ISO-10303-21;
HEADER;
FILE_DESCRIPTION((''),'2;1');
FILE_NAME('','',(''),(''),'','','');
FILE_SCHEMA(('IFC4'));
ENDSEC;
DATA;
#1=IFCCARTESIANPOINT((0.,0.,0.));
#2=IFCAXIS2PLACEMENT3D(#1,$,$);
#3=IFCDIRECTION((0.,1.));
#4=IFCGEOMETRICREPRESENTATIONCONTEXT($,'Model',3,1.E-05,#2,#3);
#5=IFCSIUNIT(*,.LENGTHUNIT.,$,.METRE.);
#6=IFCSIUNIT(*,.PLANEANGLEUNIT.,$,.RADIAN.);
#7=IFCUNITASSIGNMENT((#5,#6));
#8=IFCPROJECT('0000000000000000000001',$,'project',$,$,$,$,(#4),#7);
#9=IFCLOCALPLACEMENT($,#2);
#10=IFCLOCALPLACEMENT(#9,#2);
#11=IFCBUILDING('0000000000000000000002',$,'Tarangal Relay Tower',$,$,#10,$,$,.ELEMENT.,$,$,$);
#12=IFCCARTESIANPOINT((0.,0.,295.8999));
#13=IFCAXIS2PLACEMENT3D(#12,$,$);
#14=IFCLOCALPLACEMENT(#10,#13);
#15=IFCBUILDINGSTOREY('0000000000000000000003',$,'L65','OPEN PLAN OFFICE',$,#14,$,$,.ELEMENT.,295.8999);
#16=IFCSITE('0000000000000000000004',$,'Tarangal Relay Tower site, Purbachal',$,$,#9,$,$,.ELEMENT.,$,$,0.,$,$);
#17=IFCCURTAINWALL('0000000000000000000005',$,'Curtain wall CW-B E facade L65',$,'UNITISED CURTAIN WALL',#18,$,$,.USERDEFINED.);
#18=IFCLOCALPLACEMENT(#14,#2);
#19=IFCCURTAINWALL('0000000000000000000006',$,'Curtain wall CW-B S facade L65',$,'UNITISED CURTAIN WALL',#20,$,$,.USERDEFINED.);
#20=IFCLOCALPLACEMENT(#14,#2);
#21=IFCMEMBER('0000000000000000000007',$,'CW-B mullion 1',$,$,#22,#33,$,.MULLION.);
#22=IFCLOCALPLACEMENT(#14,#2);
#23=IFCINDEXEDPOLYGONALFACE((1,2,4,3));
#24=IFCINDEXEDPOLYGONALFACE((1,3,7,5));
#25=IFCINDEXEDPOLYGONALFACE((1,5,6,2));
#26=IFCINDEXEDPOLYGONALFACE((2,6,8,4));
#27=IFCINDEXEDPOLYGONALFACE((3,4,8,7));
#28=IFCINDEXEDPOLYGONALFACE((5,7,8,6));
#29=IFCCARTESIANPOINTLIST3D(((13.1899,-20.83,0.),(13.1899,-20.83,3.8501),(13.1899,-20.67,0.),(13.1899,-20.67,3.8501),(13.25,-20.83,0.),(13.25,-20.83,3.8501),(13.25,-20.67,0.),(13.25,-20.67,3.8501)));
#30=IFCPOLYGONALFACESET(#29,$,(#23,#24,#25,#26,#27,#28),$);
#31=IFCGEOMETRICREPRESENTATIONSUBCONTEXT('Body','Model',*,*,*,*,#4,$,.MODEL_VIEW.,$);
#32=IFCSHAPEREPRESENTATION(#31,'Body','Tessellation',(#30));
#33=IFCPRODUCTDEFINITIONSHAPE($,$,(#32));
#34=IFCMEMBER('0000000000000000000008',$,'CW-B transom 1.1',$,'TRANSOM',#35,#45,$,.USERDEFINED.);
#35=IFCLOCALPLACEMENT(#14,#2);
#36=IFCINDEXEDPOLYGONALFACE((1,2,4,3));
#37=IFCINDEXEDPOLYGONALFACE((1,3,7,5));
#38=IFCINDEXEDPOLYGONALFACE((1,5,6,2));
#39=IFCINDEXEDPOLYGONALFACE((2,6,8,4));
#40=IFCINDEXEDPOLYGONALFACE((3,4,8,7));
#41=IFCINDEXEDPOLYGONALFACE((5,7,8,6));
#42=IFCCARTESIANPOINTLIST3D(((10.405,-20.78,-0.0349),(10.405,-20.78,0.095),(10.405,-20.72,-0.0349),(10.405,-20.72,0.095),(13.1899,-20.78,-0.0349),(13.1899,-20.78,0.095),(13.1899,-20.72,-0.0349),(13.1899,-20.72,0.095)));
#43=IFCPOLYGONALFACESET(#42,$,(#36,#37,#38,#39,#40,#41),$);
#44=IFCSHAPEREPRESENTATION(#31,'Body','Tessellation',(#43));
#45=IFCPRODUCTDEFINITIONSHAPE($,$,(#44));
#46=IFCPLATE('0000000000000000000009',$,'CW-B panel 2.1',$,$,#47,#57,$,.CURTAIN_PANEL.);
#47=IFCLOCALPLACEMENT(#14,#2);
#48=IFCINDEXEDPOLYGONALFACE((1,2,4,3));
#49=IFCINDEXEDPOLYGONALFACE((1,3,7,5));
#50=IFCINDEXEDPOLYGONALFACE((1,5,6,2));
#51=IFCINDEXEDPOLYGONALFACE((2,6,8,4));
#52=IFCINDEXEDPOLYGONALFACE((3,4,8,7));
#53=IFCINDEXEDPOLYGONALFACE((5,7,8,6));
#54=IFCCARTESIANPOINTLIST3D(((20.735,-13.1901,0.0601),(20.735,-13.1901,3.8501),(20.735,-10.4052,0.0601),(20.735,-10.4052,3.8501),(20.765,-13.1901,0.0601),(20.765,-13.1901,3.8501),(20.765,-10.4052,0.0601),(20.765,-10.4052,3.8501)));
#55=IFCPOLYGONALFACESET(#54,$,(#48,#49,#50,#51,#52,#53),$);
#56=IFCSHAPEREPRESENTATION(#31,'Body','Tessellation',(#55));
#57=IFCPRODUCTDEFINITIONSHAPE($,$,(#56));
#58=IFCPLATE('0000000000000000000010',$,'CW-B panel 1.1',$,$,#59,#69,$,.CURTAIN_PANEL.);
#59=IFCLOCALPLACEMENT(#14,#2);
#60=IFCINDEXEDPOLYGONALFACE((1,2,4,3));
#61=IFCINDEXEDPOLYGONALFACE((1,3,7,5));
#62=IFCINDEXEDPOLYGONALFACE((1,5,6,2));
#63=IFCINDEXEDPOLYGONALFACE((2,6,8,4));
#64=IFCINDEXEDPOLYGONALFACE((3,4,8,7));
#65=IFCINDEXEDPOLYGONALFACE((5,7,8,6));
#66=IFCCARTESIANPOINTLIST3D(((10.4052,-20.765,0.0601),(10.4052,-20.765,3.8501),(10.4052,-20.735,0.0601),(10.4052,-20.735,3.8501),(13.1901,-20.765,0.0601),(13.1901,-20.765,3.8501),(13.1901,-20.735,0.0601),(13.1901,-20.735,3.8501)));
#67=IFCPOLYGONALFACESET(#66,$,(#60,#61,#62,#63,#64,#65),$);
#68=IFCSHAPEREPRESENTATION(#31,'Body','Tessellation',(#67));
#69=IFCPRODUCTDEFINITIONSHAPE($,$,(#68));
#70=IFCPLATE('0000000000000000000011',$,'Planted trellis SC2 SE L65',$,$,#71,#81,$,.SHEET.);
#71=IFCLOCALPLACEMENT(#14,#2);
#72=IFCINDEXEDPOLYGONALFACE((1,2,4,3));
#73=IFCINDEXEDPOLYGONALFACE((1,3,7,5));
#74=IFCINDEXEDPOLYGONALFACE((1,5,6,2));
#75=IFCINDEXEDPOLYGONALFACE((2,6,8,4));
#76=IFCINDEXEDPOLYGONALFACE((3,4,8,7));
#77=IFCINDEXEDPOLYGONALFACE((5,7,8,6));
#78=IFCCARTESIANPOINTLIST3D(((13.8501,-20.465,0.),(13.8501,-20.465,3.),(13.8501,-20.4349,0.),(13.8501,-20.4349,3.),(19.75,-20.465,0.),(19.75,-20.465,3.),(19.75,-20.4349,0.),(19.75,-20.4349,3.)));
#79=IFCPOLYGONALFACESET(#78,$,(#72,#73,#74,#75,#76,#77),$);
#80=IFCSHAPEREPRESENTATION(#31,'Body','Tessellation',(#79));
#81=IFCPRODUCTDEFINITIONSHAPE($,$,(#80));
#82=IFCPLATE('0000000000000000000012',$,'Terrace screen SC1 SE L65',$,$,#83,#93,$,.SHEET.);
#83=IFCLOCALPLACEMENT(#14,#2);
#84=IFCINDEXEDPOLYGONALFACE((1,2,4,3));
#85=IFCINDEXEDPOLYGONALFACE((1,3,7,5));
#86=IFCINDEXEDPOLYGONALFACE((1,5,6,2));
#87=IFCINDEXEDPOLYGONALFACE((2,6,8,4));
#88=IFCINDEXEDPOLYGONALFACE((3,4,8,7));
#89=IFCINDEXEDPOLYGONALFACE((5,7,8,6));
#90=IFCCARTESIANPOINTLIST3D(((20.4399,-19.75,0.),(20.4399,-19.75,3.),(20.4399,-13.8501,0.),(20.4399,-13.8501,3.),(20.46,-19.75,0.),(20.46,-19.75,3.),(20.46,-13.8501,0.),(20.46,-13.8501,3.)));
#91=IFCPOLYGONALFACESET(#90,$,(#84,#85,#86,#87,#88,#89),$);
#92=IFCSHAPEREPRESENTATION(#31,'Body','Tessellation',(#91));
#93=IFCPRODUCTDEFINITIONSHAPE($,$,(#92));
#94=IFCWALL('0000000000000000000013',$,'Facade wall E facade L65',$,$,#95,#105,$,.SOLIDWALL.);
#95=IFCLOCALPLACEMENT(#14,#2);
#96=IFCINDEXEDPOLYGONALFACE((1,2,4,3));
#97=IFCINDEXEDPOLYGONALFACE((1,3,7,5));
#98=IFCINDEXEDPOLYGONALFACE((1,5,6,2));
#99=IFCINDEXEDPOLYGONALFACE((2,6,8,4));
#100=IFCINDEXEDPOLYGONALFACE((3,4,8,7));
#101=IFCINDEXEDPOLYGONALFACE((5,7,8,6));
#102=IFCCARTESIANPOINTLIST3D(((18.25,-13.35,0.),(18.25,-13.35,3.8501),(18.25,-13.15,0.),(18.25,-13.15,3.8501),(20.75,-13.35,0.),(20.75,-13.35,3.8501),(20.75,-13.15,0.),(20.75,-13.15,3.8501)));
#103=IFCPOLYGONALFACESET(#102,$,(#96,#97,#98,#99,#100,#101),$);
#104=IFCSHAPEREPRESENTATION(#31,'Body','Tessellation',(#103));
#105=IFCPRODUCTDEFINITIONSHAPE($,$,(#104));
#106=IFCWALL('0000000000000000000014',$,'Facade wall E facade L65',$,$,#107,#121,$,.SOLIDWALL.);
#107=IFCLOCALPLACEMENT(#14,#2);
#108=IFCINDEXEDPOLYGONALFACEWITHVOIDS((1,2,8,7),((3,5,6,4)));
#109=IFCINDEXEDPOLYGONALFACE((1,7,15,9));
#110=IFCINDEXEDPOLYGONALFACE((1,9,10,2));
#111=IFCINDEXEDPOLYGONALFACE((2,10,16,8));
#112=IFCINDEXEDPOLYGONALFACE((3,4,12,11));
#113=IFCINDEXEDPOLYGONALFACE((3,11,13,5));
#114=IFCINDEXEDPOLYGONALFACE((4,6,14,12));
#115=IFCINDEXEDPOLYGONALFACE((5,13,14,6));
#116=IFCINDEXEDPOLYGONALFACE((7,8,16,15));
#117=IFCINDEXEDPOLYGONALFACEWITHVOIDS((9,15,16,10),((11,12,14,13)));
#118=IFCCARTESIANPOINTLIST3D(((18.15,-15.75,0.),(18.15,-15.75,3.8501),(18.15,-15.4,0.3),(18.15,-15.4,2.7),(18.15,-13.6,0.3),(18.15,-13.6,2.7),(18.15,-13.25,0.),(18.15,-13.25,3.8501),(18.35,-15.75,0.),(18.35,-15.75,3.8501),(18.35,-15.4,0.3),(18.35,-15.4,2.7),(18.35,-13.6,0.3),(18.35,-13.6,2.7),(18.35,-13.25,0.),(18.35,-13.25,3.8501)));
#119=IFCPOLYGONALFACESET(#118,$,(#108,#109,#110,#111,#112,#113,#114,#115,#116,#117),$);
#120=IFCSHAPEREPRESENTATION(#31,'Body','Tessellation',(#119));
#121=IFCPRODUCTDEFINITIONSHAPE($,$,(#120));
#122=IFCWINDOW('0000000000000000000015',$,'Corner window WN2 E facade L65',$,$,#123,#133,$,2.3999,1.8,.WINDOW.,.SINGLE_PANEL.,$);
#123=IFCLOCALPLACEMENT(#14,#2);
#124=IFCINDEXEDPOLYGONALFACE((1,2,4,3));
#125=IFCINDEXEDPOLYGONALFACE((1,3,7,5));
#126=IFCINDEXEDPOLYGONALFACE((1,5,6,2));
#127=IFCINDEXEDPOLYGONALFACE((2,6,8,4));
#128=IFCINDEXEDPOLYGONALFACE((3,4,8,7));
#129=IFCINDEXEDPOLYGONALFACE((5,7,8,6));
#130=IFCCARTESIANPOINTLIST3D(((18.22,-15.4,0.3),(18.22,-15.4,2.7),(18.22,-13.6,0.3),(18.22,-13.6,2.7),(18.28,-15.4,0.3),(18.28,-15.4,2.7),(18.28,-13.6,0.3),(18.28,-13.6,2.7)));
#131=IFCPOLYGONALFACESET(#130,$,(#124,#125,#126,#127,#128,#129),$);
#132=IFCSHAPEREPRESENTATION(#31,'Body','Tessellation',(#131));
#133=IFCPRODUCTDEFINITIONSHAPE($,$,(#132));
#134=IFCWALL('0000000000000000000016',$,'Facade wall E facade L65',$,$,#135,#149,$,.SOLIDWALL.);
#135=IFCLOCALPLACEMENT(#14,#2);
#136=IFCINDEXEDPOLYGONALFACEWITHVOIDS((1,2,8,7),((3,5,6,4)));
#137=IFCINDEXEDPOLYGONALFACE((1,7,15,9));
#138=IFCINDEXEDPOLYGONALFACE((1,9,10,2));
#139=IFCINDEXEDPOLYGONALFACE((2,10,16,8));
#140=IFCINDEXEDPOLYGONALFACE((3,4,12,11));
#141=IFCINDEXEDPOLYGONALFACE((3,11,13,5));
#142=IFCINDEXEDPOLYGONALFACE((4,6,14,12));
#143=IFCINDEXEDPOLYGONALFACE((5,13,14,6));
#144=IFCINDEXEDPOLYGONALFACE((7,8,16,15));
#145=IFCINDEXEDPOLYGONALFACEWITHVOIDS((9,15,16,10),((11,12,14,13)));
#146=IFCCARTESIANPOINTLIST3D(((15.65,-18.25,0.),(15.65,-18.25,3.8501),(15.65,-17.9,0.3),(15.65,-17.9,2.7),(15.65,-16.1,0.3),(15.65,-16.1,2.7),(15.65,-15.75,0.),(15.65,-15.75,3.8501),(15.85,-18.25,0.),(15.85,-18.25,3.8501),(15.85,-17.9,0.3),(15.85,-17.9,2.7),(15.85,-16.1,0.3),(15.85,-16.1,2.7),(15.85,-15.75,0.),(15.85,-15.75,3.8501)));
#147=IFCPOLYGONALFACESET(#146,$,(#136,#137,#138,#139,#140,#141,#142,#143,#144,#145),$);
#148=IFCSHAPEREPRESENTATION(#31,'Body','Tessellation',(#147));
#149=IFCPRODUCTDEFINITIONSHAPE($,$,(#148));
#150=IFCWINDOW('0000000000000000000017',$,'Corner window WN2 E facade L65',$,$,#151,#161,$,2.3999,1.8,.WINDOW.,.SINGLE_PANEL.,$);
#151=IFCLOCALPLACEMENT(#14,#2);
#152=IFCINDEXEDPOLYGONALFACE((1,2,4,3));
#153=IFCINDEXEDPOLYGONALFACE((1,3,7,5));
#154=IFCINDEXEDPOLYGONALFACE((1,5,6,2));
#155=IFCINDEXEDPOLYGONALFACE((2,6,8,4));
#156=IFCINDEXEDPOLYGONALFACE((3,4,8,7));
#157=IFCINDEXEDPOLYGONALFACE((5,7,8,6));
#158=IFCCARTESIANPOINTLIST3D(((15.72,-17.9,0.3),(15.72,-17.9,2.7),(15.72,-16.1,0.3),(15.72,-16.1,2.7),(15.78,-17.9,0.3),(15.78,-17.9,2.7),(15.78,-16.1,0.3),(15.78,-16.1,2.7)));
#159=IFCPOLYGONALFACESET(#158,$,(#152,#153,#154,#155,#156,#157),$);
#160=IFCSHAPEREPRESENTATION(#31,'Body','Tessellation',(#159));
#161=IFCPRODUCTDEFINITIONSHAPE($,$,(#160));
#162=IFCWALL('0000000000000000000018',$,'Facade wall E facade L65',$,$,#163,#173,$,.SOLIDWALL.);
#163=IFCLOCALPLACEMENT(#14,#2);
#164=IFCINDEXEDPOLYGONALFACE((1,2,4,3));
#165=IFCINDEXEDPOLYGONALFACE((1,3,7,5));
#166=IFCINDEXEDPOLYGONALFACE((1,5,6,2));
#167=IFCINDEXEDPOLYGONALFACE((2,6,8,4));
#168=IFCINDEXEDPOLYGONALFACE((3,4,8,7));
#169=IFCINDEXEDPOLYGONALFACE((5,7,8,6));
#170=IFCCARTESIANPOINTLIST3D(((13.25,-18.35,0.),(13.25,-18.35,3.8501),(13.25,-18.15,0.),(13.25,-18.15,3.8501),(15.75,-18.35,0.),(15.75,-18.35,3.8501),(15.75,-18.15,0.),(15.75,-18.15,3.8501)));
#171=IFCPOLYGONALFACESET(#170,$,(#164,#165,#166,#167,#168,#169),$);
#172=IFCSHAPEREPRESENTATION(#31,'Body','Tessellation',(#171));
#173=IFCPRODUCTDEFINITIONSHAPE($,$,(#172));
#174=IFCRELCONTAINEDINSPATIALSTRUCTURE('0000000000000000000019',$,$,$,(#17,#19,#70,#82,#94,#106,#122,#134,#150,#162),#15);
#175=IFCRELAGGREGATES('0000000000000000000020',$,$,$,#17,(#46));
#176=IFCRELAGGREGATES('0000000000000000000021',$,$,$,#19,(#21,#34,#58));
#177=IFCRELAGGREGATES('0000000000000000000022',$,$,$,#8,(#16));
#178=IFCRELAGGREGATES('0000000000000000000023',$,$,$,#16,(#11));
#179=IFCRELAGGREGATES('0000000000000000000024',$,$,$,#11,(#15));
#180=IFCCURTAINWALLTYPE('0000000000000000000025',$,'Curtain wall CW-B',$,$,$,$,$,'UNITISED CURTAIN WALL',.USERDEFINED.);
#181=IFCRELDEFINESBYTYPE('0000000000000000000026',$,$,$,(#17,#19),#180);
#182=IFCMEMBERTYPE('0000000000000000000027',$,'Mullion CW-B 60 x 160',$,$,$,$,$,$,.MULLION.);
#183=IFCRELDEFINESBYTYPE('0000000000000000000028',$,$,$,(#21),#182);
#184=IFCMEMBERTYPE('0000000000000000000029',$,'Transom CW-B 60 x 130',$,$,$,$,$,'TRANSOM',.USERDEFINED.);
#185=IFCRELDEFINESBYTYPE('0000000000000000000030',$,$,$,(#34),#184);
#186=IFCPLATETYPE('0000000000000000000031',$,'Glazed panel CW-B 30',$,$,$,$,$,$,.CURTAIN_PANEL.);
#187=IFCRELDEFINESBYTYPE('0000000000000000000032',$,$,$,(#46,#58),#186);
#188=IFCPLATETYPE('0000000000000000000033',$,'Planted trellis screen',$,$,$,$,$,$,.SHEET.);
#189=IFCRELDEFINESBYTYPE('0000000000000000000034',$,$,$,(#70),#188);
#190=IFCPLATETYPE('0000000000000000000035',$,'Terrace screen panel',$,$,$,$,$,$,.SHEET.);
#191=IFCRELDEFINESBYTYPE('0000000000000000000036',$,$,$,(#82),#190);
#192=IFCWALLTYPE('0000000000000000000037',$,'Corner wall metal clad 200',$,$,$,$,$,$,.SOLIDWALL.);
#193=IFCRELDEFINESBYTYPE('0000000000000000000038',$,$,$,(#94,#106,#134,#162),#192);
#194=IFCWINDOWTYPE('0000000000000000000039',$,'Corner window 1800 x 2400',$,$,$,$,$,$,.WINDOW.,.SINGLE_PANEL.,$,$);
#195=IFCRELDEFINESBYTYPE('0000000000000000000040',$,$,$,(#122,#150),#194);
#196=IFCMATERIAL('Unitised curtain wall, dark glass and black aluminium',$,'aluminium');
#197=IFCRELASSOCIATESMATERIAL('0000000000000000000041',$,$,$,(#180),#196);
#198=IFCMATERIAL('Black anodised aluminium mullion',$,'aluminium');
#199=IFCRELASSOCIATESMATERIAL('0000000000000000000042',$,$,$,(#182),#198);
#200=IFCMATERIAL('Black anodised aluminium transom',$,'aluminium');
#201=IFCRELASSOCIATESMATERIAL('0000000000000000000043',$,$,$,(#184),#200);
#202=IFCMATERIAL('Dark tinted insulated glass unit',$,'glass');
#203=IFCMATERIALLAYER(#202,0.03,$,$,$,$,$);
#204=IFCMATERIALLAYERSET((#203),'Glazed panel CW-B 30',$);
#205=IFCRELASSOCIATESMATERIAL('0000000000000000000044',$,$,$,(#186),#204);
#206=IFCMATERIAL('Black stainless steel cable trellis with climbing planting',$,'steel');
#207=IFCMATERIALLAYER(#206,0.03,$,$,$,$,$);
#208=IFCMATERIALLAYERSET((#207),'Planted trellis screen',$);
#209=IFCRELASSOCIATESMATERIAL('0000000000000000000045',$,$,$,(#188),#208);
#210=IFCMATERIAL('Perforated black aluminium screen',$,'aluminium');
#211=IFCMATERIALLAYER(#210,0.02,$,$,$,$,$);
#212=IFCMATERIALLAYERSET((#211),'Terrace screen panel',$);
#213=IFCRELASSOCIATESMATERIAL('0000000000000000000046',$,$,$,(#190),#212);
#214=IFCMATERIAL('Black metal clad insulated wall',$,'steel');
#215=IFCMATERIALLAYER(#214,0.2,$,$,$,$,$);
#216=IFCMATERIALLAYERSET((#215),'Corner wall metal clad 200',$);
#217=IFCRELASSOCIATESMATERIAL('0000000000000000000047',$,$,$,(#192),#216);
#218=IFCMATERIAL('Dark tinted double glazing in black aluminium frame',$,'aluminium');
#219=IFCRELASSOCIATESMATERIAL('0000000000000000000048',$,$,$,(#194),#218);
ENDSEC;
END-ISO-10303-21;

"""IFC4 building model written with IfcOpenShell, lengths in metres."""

from ifc_helpers import new_model, si_unit, direction, frame, frame_2d, origin, origin_2d, place, context, subcontext, project, spatial, rectangle, extrude, material, layer, layer_set, material_profile, profile_set, type_object, element, fill, aggregate, save


model = new_model("IFC4")

# Units and contexts
model_context = context("Model", 3, precision=1e-05, world=origin(), true_north=direction((0.0, 1.0)))
body_context = subcontext(model_context, "Body", "Model", "MODEL_VIEW")
ifc_project = project(units=[si_unit("LENGTHUNIT", "METRE"), si_unit("PLANEANGLEUNIT", "RADIAN")], contexts=[model_context])

# Site, building, storey
site_placement = place(None, origin())
site = spatial("IfcSite", under=ifc_project, at=site_placement, Name="Tarangal Relay Tower site, Purbachal", CompositionType="ELEMENT", RefElevation=0.0)
building_placement = place(site_placement, origin())
building = spatial("IfcBuilding", under=site, at=building_placement, Name="Tarangal Relay Tower", CompositionType="ELEMENT")
storey_placement = place(building_placement, frame((0.0, 0.0, 295.8999)))
storey = spatial("IfcBuildingStorey", under=building, at=storey_placement, Name="L65", Description="OPEN PLAN OFFICE", CompositionType="ELEMENT", Elevation=295.8999)

# Curtain wall
ifc_material_1 = material(Name="Unitised curtain wall, dark glass and black aluminium", Category="aluminium")
curtain_wall_type = type_object("IfcCurtainWallType", Name="Curtain wall CW-B", ElementType="UNITISED CURTAIN WALL", PredefinedType="USERDEFINED", material=ifc_material_1)
curtain_wall_1_placement = place(storey_placement, origin())
curtain_wall_1 = element("IfcCurtainWall", 1, at=curtain_wall_1_placement, inside=storey, type_object=curtain_wall_type, Name="Curtain wall CW-B E facade L65", ObjectType="UNITISED CURTAIN WALL", PredefinedType="USERDEFINED")
ifc_material_2 = material(Name="Black anodised aluminium mullion", Category="aluminium")
ifc_material_profile_1 = material_profile(ifc_material_2, rectangle(XDim=0.1599, YDim=0.0601, at=origin_2d()), Name="CW-BM 60X160")
ifc_profile_set_1 = profile_set([ifc_material_profile_1], Name="Black anodised aluminium mullion")
member_type_1 = type_object("IfcMemberType", Name="Mullion CW-B 60 x 160", PredefinedType="MULLION", material=ifc_profile_set_1)

# Curtain wall, members
curtain_wall_2_placement = place(storey_placement, origin())
curtain_wall_2 = element("IfcCurtainWall", 2, at=curtain_wall_2_placement, inside=storey, type_object=curtain_wall_type, Name="Curtain wall CW-B S facade L65", ObjectType="UNITISED CURTAIN WALL", PredefinedType="USERDEFINED")
member_1_placement = place(storey_placement, frame((13.22, -20.75, 0.0), z_axis=(0.0, 0.0, 1.0), x_axis=(0.0, -1.0, 0.0)))
member_1 = element("IfcMember", 3, at=member_1_placement, type_object=member_type_1, Name="CW-B mullion 1", PredefinedType="MULLION", context=body_context, shape_type="SweptSolid", body=[
    extrude(rectangle(XDim=0.1599, YDim=0.0601, at=origin_2d()), origin(), (0.0, 0.0, 1.0), 3.8501),
])
ifc_material_3 = material(Name="Black anodised aluminium transom", Category="aluminium")
ifc_material_profile_2 = material_profile(ifc_material_3, rectangle(XDim=0.0601, YDim=0.1299, at=origin_2d()), Name="CW-BT 60X130")
ifc_profile_set_2 = profile_set([ifc_material_profile_2], Name="Black anodised aluminium transom")
member_type_2 = type_object("IfcMemberType", Name="Transom CW-B 60 x 130", ElementType="TRANSOM", PredefinedType="USERDEFINED", material=ifc_profile_set_2)
member_2_placement = place(storey_placement, frame((13.1899, -20.75, 0.03), z_axis=(-1.0, 0.0, 0.0), x_axis=(0.0, -1.0, 0.0)))
member_2 = element("IfcMember", 4, at=member_2_placement, type_object=member_type_2, Name="CW-B transom 1.1", ObjectType="TRANSOM", PredefinedType="USERDEFINED", context=body_context, shape_type="SweptSolid", body=[
    extrude(rectangle(XDim=0.0601, YDim=0.1299, at=origin_2d()), origin(), (0.0, 0.0, 1.0), 2.7849),
])

# Plates
ifc_material_4 = material(Name="Dark tinted insulated glass unit", Category="glass")
ifc_layer_1 = layer(ifc_material_4, 0.03)
ifc_layer_set_1 = layer_set([ifc_layer_1], Name="Glazed panel CW-B 30")
plate_type_1 = type_object("IfcPlateType", Name="Glazed panel CW-B 30", PredefinedType="CURTAIN_PANEL", material=ifc_layer_set_1)
plate_1_placement = place(storey_placement, frame((20.75, -11.7976, 0.0601), z_axis=(0.0, 0.0, 1.0), x_axis=(0.0, -1.0, 0.0)))
plate_1 = element("IfcPlate", 5, at=plate_1_placement, type_object=plate_type_1, Name="CW-B panel 2.1", PredefinedType="CURTAIN_PANEL", context=body_context, shape_type="SweptSolid", body=[
    extrude(rectangle(XDim=2.7849, YDim=0.03, at=origin_2d()), origin(), (0.0, 0.0, 1.0), 3.79),
])
aggregate(curtain_wall_1, [plate_1])
plate_2_placement = place(storey_placement, frame((11.7976, -20.75, 0.0601), z_axis=(0.0, 0.0, 1.0), x_axis=(-1.0, 0.0, 0.0)))
plate_2 = element("IfcPlate", 6, at=plate_2_placement, type_object=plate_type_1, Name="CW-B panel 1.1", PredefinedType="CURTAIN_PANEL", context=body_context, shape_type="SweptSolid", body=[
    extrude(rectangle(XDim=2.7849, YDim=0.03, at=origin_2d()), origin(), (0.0, 0.0, 1.0), 3.79),
])
aggregate(curtain_wall_2, [member_1, member_2, plate_2])

# Plates
ifc_material_5 = material(Name="Black stainless steel cable trellis with climbing planting", Category="steel")
ifc_layer_2 = layer(ifc_material_5, 0.03)
ifc_layer_set_2 = layer_set([ifc_layer_2], Name="Planted trellis screen")
plate_type_2 = type_object("IfcPlateType", Name="Planted trellis screen", PredefinedType="SHEET", material=ifc_layer_set_2)
plate_3_placement = place(storey_placement, frame((16.8, -20.45, 0.0), z_axis=(0.0, 0.0, 1.0), x_axis=(-1.0, 0.0, 0.0)))
element("IfcPlate", 7, at=plate_3_placement, inside=storey, type_object=plate_type_2, Name="Planted trellis SC2 SE L65", PredefinedType="SHEET", context=body_context, shape_type="SweptSolid", body=[
    extrude(rectangle(XDim=5.8999, YDim=0.03, at=origin_2d()), origin(), (0.0, 0.0, 1.0), 3.0),
])
ifc_material_6 = material(Name="Perforated black aluminium screen", Category="aluminium")
ifc_layer_3 = layer(ifc_material_6, 0.02)
ifc_layer_set_3 = layer_set([ifc_layer_3], Name="Terrace screen panel")
plate_type_3 = type_object("IfcPlateType", Name="Terrace screen panel", PredefinedType="SHEET", material=ifc_layer_set_3)
plate_4_placement = place(storey_placement, frame((20.45, -16.8, 0.0), z_axis=(0.0, 0.0, 1.0), x_axis=(0.0, -1.0, 0.0)))
element("IfcPlate", 8, at=plate_4_placement, inside=storey, type_object=plate_type_3, Name="Terrace screen SC1 SE L65", PredefinedType="SHEET", context=body_context, shape_type="SweptSolid", body=[
    extrude(rectangle(XDim=5.8999, YDim=0.02, at=origin_2d()), origin(), (0.0, 0.0, 1.0), 3.0),
])

# Wall
ifc_material_7 = material(Name="Black metal clad insulated wall", Category="steel")
ifc_layer_4 = layer(ifc_material_7, 0.2)
ifc_layer_set_4 = layer_set([ifc_layer_4], Name="Corner wall metal clad 200")
wall_type_1 = type_object("IfcWallType", Name="Corner wall metal clad 200", PredefinedType="SOLIDWALL", material=ifc_layer_set_4)
wall_1_placement = place(storey_placement, frame((20.75, -13.25, 0.0), z_axis=(0.0, 0.0, 1.0), x_axis=(-1.0, 0.0, 0.0)))
element("IfcWall", 9, at=wall_1_placement, inside=storey, type_object=wall_type_1, Name="Facade wall E facade L65", PredefinedType="SOLIDWALL", context=body_context, shape_type="SweptSolid", body=[
    extrude(rectangle(XDim=2.5, YDim=0.2, at=frame_2d((1.25, 0.0))), origin(), (0.0, 0.0, 1.0), 3.8501),
])

# Wall, opening, window
wall_2_placement = place(storey_placement, frame((18.25, -13.25, 0.0), z_axis=(0.0, 0.0, 1.0), x_axis=(0.0, -1.0, 0.0)))
wall_2 = element("IfcWall", 10, at=wall_2_placement, inside=storey, type_object=wall_type_1, Name="Facade wall E facade L65", PredefinedType="SOLIDWALL", context=body_context, shape_type="SweptSolid", body=[
    extrude(rectangle(XDim=2.5, YDim=0.2, at=frame_2d((1.25, 0.0))), origin(), (0.0, 0.0, 1.0), 3.8501),
])
opening_1_placement = place(wall_2_placement, frame((0.3501, 0.0, 0.3)))
opening_1 = element("IfcOpeningElement", 11, at=opening_1_placement, cuts=wall_2, PredefinedType="OPENING", context=body_context, shape_type="SweptSolid", body=[
    extrude(rectangle(XDim=1.8, YDim=2.3999, at=frame_2d((0.8999, 1.2))), frame((0.0, 0.1099, 0.0), z_axis=(0.0, -1.0, 0.0), x_axis=(1.0, 0.0, 0.0)), (0.0, 0.0, 1.0), 0.22),
])
ifc_material_8 = material(Name="Dark tinted double glazing in black aluminium frame", Category="aluminium")
window_type = type_object("IfcWindowType", Name="Corner window 1800 x 2400", PartitioningType="SINGLE_PANEL", PredefinedType="WINDOW", material=ifc_material_8)
window_1_placement = place(opening_1_placement, origin())
window_1 = element("IfcWindow", 12, at=window_1_placement, inside=storey, type_object=window_type, Name="Corner window WN2 E facade L65", OverallHeight=2.3999, OverallWidth=1.8, PartitioningType="SINGLE_PANEL", PredefinedType="WINDOW", context=body_context, shape_type="SweptSolid", body=[
    extrude(rectangle(XDim=1.8, YDim=2.3999, at=frame_2d((0.8999, 1.2))), frame((0.0, 0.03, 0.0), z_axis=(0.0, -1.0, 0.0), x_axis=(1.0, 0.0, 0.0)), (0.0, 0.0, 1.0), 0.0601),
])
fill(opening_1, window_1)

# Wall, opening, window
wall_3_placement = place(storey_placement, frame((15.75, -15.75, 0.0), z_axis=(0.0, 0.0, 1.0), x_axis=(0.0, -1.0, 0.0)))
wall_3 = element("IfcWall", 13, at=wall_3_placement, inside=storey, type_object=wall_type_1, Name="Facade wall E facade L65", PredefinedType="SOLIDWALL", context=body_context, shape_type="SweptSolid", body=[
    extrude(rectangle(XDim=2.5, YDim=0.2, at=frame_2d((1.25, 0.0))), origin(), (0.0, 0.0, 1.0), 3.8501),
])
opening_2_placement = place(wall_3_placement, frame((0.3501, 0.0, 0.3)))
opening_2 = element("IfcOpeningElement", 14, at=opening_2_placement, cuts=wall_3, PredefinedType="OPENING", context=body_context, shape_type="SweptSolid", body=[
    extrude(rectangle(XDim=1.8, YDim=2.3999, at=frame_2d((0.8999, 1.2))), frame((0.0, 0.1099, 0.0), z_axis=(0.0, -1.0, 0.0), x_axis=(1.0, 0.0, 0.0)), (0.0, 0.0, 1.0), 0.22),
])
window_2_placement = place(opening_2_placement, origin())
window_2 = element("IfcWindow", 15, at=window_2_placement, inside=storey, type_object=window_type, Name="Corner window WN2 E facade L65", OverallHeight=2.3999, OverallWidth=1.8, PartitioningType="SINGLE_PANEL", PredefinedType="WINDOW", context=body_context, shape_type="SweptSolid", body=[
    extrude(rectangle(XDim=1.8, YDim=2.3999, at=frame_2d((0.8999, 1.2))), frame((0.0, 0.03, 0.0), z_axis=(0.0, -1.0, 0.0), x_axis=(1.0, 0.0, 0.0)), (0.0, 0.0, 1.0), 0.0601),
])
fill(opening_2, window_2)

# Wall
wall_4_placement = place(storey_placement, frame((15.75, -18.25, 0.0), z_axis=(0.0, 0.0, 1.0), x_axis=(-1.0, 0.0, 0.0)))
element("IfcWall", 16, at=wall_4_placement, inside=storey, type_object=wall_type_1, Name="Facade wall E facade L65", PredefinedType="SOLIDWALL", context=body_context, shape_type="SweptSolid", body=[
    extrude(rectangle(XDim=2.5, YDim=0.2, at=frame_2d((1.25, 0.0))), origin(), (0.0, 0.0, 1.0), 3.8501),
])

save(model, "model.ifc")
